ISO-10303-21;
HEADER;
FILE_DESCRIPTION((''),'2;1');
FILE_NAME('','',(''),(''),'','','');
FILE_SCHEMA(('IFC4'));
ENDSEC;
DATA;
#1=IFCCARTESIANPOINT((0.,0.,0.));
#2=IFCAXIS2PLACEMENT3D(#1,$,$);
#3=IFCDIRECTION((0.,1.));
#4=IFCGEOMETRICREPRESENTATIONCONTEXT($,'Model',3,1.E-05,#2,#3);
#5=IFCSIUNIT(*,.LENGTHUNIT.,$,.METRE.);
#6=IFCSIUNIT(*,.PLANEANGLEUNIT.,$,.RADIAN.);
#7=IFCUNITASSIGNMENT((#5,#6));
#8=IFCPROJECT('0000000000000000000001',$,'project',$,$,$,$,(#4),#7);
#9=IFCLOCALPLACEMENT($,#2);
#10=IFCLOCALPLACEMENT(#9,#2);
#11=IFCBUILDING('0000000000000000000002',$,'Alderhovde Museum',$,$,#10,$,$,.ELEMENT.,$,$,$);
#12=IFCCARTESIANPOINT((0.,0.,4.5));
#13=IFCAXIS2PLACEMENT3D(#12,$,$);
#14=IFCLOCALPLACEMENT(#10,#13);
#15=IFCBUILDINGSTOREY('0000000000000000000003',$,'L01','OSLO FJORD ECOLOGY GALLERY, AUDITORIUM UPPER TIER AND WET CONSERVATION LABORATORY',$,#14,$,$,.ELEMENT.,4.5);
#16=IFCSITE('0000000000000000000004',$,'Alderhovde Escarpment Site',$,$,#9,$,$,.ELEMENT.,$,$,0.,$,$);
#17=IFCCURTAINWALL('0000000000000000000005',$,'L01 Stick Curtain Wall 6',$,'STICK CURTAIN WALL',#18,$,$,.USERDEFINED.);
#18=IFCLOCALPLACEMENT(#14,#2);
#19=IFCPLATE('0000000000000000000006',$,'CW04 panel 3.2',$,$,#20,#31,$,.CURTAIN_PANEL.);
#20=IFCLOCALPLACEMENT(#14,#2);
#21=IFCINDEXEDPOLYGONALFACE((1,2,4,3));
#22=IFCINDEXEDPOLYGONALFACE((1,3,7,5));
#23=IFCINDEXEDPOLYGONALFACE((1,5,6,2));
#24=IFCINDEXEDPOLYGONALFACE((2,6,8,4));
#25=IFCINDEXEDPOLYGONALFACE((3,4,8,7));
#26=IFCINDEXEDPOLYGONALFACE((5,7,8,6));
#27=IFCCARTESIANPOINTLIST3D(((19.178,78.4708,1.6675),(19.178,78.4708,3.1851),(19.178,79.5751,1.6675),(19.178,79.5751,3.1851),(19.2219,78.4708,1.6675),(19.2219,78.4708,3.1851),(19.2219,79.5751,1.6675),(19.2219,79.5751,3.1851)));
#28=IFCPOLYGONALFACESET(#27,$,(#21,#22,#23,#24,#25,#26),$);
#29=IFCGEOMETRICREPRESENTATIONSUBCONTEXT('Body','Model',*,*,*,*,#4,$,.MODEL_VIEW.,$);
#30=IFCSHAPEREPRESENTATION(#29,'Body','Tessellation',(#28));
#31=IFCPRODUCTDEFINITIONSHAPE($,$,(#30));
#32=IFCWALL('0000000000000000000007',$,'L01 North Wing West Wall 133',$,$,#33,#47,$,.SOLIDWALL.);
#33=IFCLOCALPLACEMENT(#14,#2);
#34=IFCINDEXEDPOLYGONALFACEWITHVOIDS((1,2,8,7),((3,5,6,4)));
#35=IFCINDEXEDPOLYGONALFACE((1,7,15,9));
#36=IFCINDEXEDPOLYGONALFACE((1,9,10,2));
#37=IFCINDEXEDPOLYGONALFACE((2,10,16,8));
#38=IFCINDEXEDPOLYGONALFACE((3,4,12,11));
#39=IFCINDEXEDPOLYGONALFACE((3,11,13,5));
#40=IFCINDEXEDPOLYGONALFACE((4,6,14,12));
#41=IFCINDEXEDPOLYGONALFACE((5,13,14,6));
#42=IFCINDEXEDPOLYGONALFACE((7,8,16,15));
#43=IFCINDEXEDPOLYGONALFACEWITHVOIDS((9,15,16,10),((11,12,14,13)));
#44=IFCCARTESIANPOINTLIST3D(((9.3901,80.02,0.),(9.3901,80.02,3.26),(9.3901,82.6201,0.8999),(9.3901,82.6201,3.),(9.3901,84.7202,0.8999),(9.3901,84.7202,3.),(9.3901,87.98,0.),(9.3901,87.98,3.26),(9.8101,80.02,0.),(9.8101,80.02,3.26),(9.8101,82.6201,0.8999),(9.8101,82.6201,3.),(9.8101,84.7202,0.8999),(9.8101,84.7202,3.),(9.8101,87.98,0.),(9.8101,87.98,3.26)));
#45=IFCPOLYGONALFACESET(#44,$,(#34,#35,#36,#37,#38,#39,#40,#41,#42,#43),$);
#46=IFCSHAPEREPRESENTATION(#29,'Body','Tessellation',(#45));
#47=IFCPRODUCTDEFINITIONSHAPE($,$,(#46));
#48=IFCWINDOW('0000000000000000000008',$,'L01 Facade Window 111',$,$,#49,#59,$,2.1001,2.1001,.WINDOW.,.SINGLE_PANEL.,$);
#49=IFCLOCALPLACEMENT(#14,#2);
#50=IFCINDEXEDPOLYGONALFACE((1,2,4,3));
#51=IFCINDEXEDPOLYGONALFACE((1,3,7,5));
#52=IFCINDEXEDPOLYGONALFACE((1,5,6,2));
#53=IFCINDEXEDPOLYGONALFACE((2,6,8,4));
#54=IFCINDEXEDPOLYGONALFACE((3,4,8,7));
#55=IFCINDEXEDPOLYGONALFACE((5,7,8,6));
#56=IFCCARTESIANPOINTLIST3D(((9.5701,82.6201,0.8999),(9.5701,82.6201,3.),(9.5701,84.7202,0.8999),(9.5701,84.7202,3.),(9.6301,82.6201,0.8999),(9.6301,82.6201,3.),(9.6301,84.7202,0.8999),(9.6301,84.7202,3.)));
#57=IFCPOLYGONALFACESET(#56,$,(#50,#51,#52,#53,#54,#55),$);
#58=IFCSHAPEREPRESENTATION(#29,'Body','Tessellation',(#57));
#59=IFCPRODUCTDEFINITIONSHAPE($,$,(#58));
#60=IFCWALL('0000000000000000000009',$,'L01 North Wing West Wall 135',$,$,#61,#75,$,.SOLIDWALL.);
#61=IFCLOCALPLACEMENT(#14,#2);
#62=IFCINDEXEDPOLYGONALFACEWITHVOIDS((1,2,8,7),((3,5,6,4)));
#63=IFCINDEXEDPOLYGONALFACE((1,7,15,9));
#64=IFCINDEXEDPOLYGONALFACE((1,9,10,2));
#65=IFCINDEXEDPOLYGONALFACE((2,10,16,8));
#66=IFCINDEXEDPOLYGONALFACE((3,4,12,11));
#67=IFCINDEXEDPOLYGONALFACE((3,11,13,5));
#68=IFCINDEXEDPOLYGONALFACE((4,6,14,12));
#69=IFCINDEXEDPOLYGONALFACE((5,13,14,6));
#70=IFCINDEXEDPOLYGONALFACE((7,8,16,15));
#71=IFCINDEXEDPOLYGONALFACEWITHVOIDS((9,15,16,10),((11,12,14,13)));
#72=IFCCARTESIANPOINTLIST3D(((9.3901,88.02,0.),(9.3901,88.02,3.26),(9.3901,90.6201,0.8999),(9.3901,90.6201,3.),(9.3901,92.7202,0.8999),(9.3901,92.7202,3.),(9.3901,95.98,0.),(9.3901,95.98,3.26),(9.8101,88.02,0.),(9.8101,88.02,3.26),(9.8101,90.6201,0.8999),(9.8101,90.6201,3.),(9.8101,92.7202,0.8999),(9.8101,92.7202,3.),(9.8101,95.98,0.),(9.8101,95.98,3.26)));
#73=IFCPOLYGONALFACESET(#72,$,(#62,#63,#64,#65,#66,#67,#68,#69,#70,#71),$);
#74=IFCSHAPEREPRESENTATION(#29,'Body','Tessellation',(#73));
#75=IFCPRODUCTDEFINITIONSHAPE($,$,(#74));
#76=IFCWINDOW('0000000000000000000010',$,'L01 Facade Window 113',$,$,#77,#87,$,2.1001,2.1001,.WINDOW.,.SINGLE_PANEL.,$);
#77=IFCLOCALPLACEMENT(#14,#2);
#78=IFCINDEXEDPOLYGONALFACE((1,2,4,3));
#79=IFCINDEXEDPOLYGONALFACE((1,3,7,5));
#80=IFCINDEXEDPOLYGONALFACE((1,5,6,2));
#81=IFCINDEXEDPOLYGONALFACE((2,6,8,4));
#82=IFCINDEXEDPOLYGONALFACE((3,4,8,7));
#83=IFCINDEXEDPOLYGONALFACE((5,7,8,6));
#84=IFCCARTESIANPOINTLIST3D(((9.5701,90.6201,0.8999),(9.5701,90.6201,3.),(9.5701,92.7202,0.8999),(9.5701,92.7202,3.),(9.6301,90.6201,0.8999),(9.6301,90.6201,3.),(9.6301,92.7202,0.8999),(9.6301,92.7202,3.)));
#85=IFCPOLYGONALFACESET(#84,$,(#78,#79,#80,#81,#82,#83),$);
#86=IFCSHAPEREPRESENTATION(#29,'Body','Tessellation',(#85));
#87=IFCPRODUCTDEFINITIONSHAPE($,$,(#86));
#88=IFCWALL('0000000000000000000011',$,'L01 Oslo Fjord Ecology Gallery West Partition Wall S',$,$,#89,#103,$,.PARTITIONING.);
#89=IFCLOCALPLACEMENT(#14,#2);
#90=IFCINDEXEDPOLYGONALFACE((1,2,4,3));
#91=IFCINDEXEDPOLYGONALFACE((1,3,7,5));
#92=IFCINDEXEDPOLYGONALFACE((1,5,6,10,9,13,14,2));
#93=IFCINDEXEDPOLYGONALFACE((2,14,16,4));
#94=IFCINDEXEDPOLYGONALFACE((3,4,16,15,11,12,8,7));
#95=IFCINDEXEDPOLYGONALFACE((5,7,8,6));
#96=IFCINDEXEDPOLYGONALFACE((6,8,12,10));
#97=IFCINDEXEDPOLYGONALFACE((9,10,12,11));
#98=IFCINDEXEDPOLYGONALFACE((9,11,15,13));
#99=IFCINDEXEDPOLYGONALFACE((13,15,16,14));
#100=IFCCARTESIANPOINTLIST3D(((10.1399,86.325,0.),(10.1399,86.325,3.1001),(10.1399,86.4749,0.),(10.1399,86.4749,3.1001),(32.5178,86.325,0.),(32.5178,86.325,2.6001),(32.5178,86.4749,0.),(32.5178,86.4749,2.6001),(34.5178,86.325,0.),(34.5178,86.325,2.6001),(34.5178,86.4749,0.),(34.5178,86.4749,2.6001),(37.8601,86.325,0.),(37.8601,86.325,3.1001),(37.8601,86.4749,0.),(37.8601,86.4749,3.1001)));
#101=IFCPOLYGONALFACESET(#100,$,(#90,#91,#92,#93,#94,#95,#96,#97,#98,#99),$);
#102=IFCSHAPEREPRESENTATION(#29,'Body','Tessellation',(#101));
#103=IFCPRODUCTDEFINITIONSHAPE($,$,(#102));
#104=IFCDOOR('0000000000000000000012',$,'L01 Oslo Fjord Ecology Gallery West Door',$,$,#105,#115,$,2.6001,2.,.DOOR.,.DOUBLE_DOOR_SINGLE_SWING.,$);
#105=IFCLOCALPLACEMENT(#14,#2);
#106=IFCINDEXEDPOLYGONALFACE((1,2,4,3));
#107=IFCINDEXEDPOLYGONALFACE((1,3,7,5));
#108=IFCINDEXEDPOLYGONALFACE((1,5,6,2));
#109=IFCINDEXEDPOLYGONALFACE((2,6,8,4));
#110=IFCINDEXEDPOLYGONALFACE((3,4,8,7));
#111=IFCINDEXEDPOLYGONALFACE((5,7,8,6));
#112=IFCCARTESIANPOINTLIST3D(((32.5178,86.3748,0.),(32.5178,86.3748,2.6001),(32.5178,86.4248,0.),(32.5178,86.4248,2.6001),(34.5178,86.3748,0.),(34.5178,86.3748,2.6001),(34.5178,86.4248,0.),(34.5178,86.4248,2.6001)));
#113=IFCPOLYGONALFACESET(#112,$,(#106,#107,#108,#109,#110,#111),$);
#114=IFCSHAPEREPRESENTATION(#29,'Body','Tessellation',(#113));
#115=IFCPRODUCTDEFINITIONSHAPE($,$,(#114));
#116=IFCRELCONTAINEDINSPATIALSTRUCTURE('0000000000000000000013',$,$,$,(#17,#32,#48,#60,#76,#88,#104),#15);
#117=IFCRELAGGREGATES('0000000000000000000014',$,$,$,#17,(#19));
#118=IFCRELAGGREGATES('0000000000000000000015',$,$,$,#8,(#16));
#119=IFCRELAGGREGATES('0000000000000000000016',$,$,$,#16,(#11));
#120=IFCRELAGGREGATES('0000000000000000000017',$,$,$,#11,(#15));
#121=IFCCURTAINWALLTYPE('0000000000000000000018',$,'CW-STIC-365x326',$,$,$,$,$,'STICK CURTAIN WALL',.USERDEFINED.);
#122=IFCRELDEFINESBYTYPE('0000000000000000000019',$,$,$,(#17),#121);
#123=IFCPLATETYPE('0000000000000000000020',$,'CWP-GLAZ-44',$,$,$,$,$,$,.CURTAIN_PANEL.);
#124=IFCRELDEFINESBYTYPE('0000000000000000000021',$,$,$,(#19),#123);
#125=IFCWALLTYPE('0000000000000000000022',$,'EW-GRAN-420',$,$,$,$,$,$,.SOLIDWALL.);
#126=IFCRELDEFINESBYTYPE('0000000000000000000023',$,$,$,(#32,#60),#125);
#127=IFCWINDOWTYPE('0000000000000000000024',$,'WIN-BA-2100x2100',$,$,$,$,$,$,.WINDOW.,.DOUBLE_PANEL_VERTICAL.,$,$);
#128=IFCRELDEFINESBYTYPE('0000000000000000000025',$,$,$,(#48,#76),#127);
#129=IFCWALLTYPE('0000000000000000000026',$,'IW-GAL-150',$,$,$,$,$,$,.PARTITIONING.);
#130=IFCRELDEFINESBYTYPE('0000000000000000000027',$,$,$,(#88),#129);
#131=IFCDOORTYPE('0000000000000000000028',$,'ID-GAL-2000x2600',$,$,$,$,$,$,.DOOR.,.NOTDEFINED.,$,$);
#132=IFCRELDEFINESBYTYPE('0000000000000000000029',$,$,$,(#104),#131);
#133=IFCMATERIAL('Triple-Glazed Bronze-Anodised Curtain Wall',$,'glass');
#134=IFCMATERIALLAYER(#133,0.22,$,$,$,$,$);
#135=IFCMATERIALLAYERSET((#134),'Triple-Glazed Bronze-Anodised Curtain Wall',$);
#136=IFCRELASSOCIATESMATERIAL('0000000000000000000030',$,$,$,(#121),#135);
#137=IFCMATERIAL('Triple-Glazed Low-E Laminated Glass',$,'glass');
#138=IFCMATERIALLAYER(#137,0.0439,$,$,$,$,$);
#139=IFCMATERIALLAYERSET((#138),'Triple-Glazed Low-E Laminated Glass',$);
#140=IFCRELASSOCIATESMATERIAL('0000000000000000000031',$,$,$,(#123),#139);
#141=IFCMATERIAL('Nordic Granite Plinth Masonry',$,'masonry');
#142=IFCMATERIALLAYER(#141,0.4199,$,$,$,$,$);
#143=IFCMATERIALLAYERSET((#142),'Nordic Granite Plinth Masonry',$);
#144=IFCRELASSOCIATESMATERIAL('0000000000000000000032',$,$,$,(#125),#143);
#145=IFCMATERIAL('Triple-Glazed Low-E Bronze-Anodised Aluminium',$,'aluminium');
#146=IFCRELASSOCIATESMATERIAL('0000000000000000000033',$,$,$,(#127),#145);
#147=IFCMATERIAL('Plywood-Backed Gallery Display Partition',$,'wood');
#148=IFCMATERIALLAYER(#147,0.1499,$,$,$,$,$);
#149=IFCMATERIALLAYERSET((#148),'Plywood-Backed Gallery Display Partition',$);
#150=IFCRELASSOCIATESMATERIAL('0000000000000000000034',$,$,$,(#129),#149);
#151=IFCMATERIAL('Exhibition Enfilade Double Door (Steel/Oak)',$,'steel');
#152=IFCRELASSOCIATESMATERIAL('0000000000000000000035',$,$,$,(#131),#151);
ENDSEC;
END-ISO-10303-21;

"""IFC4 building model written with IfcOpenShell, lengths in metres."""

from ifc_helpers import new_model, si_unit, direction, frame, frame_2d, origin, origin_2d, place, context, subcontext, project, spatial, rectangle, extrude, material, layer, layer_set, type_object, element, fill, aggregate, save


model = new_model("IFC4")

# Units and contexts
model_context = context("Model", 3, precision=1e-05, world=origin(), true_north=direction((0.0, 1.0)))
body_context = subcontext(model_context, "Body", "Model", "MODEL_VIEW")
ifc_project = project(units=[si_unit("LENGTHUNIT", "METRE"), si_unit("PLANEANGLEUNIT", "RADIAN")], contexts=[model_context])

# Site, building, storey
site_placement = place(None, origin())
site = spatial("IfcSite", under=ifc_project, at=site_placement, Name="Alderhovde Escarpment Site", CompositionType="ELEMENT", RefElevation=0.0)
building_placement = place(site_placement, origin())
building = spatial("IfcBuilding", under=site, at=building_placement, Name="Alderhovde Museum", CompositionType="ELEMENT")
storey_placement = place(building_placement, frame((0.0, 0.0, 4.5)))
storey = spatial("IfcBuildingStorey", under=building, at=storey_placement, Name="L01", Description="OSLO FJORD ECOLOGY GALLERY, AUDITORIUM UPPER TIER AND WET CONSERVATION LABORATORY", CompositionType="ELEMENT", Elevation=4.5)

# Curtain wall
ifc_material_1 = material(Name="Triple-Glazed Bronze-Anodised Curtain Wall", Category="glass")
ifc_layer_1 = layer(ifc_material_1, 0.22)
ifc_layer_set_1 = layer_set([ifc_layer_1], Name="Triple-Glazed Bronze-Anodised Curtain Wall")
curtain_wall_type = type_object("IfcCurtainWallType", Name="CW-STIC-365x326", ElementType="STICK CURTAIN WALL", PredefinedType="USERDEFINED", material=ifc_layer_set_1)
curtain_wall_placement = place(storey_placement, origin())
curtain_wall = element("IfcCurtainWall", 1, at=curtain_wall_placement, inside=storey, type_object=curtain_wall_type, Name="L01 Stick Curtain Wall 6", ObjectType="STICK CURTAIN WALL", PredefinedType="USERDEFINED")

# Plate
ifc_material_2 = material(Name="Triple-Glazed Low-E Laminated Glass", Category="glass")
ifc_layer_2 = layer(ifc_material_2, 0.0439)
ifc_layer_set_2 = layer_set([ifc_layer_2], Name="Triple-Glazed Low-E Laminated Glass")
plate_type = type_object("IfcPlateType", Name="CWP-GLAZ-44", PredefinedType="CURTAIN_PANEL", material=ifc_layer_set_2)
plate_placement = place(storey_placement, frame((19.2, 79.0229, 1.6675), z_axis=(0.0, 0.0, 1.0), x_axis=(0.0, 1.0, 0.0)))
plate = element("IfcPlate", 2, at=plate_placement, type_object=plate_type, Name="CW04 panel 3.2", PredefinedType="CURTAIN_PANEL", context=body_context, shape_type="SweptSolid", body=[
    extrude(rectangle(XDim=1.1042, YDim=0.0439, at=origin_2d()), origin(), (0.0, 0.0, 1.0), 1.5176),
])
aggregate(curtain_wall, [plate])

# Walls, openings, windows
ifc_material_3 = material(Name="Nordic Granite Plinth Masonry", Category="masonry")
ifc_layer_3 = layer(ifc_material_3, 0.4199)
ifc_layer_set_3 = layer_set([ifc_layer_3], Name="Nordic Granite Plinth Masonry")
wall_type_1 = type_object("IfcWallType", Name="EW-GRAN-420", PredefinedType="SOLIDWALL", material=ifc_layer_set_3)
wall_1_placement = place(storey_placement, frame((9.6001, 80.02, 0.0), z_axis=(0.0, 0.0, 1.0), x_axis=(0.0, 1.0, 0.0)))
wall_1 = element("IfcWall", 3, at=wall_1_placement, inside=storey, type_object=wall_type_1, Name="L01 North Wing West Wall 133", PredefinedType="SOLIDWALL", context=body_context, shape_type="SweptSolid", body=[
    extrude(rectangle(XDim=7.96, YDim=0.4199, at=frame_2d((3.98, 0.0))), origin(), (0.0, 0.0, 1.0), 3.26),
])
opening_1_placement = place(wall_1_placement, frame((2.6001, 0.0, 0.8999)))
opening_1 = element("IfcOpeningElement", 4, at=opening_1_placement, cuts=wall_1, PredefinedType="OPENING", context=body_context, shape_type="SweptSolid", body=[
    extrude(rectangle(XDim=2.1001, YDim=2.1001, at=frame_2d((1.05, 1.05))), frame((0.0, 0.22, 0.0), z_axis=(0.0, -1.0, 0.0), x_axis=(1.0, 0.0, 0.0)), (0.0, 0.0, 1.0), 0.4399),
])
ifc_material_4 = material(Name="Triple-Glazed Low-E Bronze-Anodised Aluminium", Category="aluminium")
window_type = type_object("IfcWindowType", Name="WIN-BA-2100x2100", PartitioningType="DOUBLE_PANEL_VERTICAL", PredefinedType="WINDOW", material=ifc_material_4)
window_1_placement = place(opening_1_placement, origin())
window_1 = element("IfcWindow", 5, at=window_1_placement, inside=storey, type_object=window_type, Name="L01 Facade Window 111", OverallHeight=2.1001, OverallWidth=2.1001, PartitioningType="SINGLE_PANEL", PredefinedType="WINDOW", context=body_context, shape_type="SweptSolid", body=[
    extrude(rectangle(XDim=2.1001, YDim=2.1001, at=frame_2d((1.05, 1.05))), frame((0.0, 0.03, 0.0), z_axis=(0.0, -1.0, 0.0), x_axis=(1.0, 0.0, 0.0)), (0.0, 0.0, 1.0), 0.0601),
])
fill(opening_1, window_1)
wall_2_placement = place(storey_placement, frame((9.6001, 88.02, 0.0), z_axis=(0.0, 0.0, 1.0), x_axis=(0.0, 1.0, 0.0)))
wall_2 = element("IfcWall", 6, at=wall_2_placement, inside=storey, type_object=wall_type_1, Name="L01 North Wing West Wall 135", PredefinedType="SOLIDWALL", context=body_context, shape_type="SweptSolid", body=[
    extrude(rectangle(XDim=7.96, YDim=0.4199, at=frame_2d((3.98, 0.0))), origin(), (0.0, 0.0, 1.0), 3.26),
])
opening_2_placement = place(wall_2_placement, frame((2.6001, 0.0, 0.8999)))
opening_2 = element("IfcOpeningElement", 7, at=opening_2_placement, cuts=wall_2, PredefinedType="OPENING", context=body_context, shape_type="SweptSolid", body=[
    extrude(rectangle(XDim=2.1001, YDim=2.1001, at=frame_2d((1.05, 1.05))), frame((0.0, 0.22, 0.0), z_axis=(0.0, -1.0, 0.0), x_axis=(1.0, 0.0, 0.0)), (0.0, 0.0, 1.0), 0.4399),
])
window_2_placement = place(opening_2_placement, origin())
window_2 = element("IfcWindow", 8, at=window_2_placement, inside=storey, type_object=window_type, Name="L01 Facade Window 113", OverallHeight=2.1001, OverallWidth=2.1001, PartitioningType="SINGLE_PANEL", PredefinedType="WINDOW", context=body_context, shape_type="SweptSolid", body=[
    extrude(rectangle(XDim=2.1001, YDim=2.1001, at=frame_2d((1.05, 1.05))), frame((0.0, 0.03, 0.0), z_axis=(0.0, -1.0, 0.0), x_axis=(1.0, 0.0, 0.0)), (0.0, 0.0, 1.0), 0.0601),
])
fill(opening_2, window_2)

# Wall, opening, door
ifc_material_5 = material(Name="Plywood-Backed Gallery Display Partition", Category="wood")
ifc_layer_4 = layer(ifc_material_5, 0.1499)
ifc_layer_set_4 = layer_set([ifc_layer_4], Name="Plywood-Backed Gallery Display Partition")
wall_type_2 = type_object("IfcWallType", Name="IW-GAL-150", PredefinedType="PARTITIONING", material=ifc_layer_set_4)
wall_3_placement = place(storey_placement, frame((10.1399, 86.3999, 0.0), z_axis=(0.0, 0.0, 1.0), x_axis=(1.0, 0.0, 0.0)))
wall_3 = element("IfcWall", 9, at=wall_3_placement, inside=storey, type_object=wall_type_2, Name="L01 Oslo Fjord Ecology Gallery West Partition Wall S", PredefinedType="PARTITIONING", context=body_context, shape_type="SweptSolid", body=[
    extrude(rectangle(XDim=27.7202, YDim=0.1499, at=frame_2d((13.8601, 0.0))), origin(), (0.0, 0.0, 1.0), 3.1001),
])
opening_3_placement = place(wall_3_placement, frame((22.3779, 0.0, 0.0)))
opening_3 = element("IfcOpeningElement", 10, at=opening_3_placement, cuts=wall_3, PredefinedType="OPENING", context=body_context, shape_type="SweptSolid", body=[
    extrude(rectangle(XDim=2.0, YDim=2.6001, at=frame_2d((1.0, 1.3))), frame((0.0, 0.085, 0.0), z_axis=(0.0, -1.0, 0.0), x_axis=(1.0, 0.0, 0.0)), (0.0, 0.0, 1.0), 0.1699),
])
ifc_material_6 = material(Name="Exhibition Enfilade Double Door (Steel/Oak)", Category="steel")
door_type = type_object("IfcDoorType", Name="ID-GAL-2000x2600", OperationType="NOTDEFINED", PredefinedType="DOOR", material=ifc_material_6)
door_placement = place(opening_3_placement, origin())
door = element("IfcDoor", 11, at=door_placement, inside=storey, type_object=door_type, Name="L01 Oslo Fjord Ecology Gallery West Door", OperationType="DOUBLE_DOOR_SINGLE_SWING", OverallHeight=2.6001, OverallWidth=2.0, PredefinedType="DOOR", context=body_context, shape_type="SweptSolid", body=[
    extrude(rectangle(XDim=2.0, YDim=2.6001, at=frame_2d((1.0, 1.3))), frame((0.0, 0.0249, 0.0), z_axis=(0.0, -1.0, 0.0), x_axis=(1.0, 0.0, 0.0)), (0.0, 0.0, 1.0), 0.05),
])
fill(opening_3, door)

save(model, "model.ifc")
